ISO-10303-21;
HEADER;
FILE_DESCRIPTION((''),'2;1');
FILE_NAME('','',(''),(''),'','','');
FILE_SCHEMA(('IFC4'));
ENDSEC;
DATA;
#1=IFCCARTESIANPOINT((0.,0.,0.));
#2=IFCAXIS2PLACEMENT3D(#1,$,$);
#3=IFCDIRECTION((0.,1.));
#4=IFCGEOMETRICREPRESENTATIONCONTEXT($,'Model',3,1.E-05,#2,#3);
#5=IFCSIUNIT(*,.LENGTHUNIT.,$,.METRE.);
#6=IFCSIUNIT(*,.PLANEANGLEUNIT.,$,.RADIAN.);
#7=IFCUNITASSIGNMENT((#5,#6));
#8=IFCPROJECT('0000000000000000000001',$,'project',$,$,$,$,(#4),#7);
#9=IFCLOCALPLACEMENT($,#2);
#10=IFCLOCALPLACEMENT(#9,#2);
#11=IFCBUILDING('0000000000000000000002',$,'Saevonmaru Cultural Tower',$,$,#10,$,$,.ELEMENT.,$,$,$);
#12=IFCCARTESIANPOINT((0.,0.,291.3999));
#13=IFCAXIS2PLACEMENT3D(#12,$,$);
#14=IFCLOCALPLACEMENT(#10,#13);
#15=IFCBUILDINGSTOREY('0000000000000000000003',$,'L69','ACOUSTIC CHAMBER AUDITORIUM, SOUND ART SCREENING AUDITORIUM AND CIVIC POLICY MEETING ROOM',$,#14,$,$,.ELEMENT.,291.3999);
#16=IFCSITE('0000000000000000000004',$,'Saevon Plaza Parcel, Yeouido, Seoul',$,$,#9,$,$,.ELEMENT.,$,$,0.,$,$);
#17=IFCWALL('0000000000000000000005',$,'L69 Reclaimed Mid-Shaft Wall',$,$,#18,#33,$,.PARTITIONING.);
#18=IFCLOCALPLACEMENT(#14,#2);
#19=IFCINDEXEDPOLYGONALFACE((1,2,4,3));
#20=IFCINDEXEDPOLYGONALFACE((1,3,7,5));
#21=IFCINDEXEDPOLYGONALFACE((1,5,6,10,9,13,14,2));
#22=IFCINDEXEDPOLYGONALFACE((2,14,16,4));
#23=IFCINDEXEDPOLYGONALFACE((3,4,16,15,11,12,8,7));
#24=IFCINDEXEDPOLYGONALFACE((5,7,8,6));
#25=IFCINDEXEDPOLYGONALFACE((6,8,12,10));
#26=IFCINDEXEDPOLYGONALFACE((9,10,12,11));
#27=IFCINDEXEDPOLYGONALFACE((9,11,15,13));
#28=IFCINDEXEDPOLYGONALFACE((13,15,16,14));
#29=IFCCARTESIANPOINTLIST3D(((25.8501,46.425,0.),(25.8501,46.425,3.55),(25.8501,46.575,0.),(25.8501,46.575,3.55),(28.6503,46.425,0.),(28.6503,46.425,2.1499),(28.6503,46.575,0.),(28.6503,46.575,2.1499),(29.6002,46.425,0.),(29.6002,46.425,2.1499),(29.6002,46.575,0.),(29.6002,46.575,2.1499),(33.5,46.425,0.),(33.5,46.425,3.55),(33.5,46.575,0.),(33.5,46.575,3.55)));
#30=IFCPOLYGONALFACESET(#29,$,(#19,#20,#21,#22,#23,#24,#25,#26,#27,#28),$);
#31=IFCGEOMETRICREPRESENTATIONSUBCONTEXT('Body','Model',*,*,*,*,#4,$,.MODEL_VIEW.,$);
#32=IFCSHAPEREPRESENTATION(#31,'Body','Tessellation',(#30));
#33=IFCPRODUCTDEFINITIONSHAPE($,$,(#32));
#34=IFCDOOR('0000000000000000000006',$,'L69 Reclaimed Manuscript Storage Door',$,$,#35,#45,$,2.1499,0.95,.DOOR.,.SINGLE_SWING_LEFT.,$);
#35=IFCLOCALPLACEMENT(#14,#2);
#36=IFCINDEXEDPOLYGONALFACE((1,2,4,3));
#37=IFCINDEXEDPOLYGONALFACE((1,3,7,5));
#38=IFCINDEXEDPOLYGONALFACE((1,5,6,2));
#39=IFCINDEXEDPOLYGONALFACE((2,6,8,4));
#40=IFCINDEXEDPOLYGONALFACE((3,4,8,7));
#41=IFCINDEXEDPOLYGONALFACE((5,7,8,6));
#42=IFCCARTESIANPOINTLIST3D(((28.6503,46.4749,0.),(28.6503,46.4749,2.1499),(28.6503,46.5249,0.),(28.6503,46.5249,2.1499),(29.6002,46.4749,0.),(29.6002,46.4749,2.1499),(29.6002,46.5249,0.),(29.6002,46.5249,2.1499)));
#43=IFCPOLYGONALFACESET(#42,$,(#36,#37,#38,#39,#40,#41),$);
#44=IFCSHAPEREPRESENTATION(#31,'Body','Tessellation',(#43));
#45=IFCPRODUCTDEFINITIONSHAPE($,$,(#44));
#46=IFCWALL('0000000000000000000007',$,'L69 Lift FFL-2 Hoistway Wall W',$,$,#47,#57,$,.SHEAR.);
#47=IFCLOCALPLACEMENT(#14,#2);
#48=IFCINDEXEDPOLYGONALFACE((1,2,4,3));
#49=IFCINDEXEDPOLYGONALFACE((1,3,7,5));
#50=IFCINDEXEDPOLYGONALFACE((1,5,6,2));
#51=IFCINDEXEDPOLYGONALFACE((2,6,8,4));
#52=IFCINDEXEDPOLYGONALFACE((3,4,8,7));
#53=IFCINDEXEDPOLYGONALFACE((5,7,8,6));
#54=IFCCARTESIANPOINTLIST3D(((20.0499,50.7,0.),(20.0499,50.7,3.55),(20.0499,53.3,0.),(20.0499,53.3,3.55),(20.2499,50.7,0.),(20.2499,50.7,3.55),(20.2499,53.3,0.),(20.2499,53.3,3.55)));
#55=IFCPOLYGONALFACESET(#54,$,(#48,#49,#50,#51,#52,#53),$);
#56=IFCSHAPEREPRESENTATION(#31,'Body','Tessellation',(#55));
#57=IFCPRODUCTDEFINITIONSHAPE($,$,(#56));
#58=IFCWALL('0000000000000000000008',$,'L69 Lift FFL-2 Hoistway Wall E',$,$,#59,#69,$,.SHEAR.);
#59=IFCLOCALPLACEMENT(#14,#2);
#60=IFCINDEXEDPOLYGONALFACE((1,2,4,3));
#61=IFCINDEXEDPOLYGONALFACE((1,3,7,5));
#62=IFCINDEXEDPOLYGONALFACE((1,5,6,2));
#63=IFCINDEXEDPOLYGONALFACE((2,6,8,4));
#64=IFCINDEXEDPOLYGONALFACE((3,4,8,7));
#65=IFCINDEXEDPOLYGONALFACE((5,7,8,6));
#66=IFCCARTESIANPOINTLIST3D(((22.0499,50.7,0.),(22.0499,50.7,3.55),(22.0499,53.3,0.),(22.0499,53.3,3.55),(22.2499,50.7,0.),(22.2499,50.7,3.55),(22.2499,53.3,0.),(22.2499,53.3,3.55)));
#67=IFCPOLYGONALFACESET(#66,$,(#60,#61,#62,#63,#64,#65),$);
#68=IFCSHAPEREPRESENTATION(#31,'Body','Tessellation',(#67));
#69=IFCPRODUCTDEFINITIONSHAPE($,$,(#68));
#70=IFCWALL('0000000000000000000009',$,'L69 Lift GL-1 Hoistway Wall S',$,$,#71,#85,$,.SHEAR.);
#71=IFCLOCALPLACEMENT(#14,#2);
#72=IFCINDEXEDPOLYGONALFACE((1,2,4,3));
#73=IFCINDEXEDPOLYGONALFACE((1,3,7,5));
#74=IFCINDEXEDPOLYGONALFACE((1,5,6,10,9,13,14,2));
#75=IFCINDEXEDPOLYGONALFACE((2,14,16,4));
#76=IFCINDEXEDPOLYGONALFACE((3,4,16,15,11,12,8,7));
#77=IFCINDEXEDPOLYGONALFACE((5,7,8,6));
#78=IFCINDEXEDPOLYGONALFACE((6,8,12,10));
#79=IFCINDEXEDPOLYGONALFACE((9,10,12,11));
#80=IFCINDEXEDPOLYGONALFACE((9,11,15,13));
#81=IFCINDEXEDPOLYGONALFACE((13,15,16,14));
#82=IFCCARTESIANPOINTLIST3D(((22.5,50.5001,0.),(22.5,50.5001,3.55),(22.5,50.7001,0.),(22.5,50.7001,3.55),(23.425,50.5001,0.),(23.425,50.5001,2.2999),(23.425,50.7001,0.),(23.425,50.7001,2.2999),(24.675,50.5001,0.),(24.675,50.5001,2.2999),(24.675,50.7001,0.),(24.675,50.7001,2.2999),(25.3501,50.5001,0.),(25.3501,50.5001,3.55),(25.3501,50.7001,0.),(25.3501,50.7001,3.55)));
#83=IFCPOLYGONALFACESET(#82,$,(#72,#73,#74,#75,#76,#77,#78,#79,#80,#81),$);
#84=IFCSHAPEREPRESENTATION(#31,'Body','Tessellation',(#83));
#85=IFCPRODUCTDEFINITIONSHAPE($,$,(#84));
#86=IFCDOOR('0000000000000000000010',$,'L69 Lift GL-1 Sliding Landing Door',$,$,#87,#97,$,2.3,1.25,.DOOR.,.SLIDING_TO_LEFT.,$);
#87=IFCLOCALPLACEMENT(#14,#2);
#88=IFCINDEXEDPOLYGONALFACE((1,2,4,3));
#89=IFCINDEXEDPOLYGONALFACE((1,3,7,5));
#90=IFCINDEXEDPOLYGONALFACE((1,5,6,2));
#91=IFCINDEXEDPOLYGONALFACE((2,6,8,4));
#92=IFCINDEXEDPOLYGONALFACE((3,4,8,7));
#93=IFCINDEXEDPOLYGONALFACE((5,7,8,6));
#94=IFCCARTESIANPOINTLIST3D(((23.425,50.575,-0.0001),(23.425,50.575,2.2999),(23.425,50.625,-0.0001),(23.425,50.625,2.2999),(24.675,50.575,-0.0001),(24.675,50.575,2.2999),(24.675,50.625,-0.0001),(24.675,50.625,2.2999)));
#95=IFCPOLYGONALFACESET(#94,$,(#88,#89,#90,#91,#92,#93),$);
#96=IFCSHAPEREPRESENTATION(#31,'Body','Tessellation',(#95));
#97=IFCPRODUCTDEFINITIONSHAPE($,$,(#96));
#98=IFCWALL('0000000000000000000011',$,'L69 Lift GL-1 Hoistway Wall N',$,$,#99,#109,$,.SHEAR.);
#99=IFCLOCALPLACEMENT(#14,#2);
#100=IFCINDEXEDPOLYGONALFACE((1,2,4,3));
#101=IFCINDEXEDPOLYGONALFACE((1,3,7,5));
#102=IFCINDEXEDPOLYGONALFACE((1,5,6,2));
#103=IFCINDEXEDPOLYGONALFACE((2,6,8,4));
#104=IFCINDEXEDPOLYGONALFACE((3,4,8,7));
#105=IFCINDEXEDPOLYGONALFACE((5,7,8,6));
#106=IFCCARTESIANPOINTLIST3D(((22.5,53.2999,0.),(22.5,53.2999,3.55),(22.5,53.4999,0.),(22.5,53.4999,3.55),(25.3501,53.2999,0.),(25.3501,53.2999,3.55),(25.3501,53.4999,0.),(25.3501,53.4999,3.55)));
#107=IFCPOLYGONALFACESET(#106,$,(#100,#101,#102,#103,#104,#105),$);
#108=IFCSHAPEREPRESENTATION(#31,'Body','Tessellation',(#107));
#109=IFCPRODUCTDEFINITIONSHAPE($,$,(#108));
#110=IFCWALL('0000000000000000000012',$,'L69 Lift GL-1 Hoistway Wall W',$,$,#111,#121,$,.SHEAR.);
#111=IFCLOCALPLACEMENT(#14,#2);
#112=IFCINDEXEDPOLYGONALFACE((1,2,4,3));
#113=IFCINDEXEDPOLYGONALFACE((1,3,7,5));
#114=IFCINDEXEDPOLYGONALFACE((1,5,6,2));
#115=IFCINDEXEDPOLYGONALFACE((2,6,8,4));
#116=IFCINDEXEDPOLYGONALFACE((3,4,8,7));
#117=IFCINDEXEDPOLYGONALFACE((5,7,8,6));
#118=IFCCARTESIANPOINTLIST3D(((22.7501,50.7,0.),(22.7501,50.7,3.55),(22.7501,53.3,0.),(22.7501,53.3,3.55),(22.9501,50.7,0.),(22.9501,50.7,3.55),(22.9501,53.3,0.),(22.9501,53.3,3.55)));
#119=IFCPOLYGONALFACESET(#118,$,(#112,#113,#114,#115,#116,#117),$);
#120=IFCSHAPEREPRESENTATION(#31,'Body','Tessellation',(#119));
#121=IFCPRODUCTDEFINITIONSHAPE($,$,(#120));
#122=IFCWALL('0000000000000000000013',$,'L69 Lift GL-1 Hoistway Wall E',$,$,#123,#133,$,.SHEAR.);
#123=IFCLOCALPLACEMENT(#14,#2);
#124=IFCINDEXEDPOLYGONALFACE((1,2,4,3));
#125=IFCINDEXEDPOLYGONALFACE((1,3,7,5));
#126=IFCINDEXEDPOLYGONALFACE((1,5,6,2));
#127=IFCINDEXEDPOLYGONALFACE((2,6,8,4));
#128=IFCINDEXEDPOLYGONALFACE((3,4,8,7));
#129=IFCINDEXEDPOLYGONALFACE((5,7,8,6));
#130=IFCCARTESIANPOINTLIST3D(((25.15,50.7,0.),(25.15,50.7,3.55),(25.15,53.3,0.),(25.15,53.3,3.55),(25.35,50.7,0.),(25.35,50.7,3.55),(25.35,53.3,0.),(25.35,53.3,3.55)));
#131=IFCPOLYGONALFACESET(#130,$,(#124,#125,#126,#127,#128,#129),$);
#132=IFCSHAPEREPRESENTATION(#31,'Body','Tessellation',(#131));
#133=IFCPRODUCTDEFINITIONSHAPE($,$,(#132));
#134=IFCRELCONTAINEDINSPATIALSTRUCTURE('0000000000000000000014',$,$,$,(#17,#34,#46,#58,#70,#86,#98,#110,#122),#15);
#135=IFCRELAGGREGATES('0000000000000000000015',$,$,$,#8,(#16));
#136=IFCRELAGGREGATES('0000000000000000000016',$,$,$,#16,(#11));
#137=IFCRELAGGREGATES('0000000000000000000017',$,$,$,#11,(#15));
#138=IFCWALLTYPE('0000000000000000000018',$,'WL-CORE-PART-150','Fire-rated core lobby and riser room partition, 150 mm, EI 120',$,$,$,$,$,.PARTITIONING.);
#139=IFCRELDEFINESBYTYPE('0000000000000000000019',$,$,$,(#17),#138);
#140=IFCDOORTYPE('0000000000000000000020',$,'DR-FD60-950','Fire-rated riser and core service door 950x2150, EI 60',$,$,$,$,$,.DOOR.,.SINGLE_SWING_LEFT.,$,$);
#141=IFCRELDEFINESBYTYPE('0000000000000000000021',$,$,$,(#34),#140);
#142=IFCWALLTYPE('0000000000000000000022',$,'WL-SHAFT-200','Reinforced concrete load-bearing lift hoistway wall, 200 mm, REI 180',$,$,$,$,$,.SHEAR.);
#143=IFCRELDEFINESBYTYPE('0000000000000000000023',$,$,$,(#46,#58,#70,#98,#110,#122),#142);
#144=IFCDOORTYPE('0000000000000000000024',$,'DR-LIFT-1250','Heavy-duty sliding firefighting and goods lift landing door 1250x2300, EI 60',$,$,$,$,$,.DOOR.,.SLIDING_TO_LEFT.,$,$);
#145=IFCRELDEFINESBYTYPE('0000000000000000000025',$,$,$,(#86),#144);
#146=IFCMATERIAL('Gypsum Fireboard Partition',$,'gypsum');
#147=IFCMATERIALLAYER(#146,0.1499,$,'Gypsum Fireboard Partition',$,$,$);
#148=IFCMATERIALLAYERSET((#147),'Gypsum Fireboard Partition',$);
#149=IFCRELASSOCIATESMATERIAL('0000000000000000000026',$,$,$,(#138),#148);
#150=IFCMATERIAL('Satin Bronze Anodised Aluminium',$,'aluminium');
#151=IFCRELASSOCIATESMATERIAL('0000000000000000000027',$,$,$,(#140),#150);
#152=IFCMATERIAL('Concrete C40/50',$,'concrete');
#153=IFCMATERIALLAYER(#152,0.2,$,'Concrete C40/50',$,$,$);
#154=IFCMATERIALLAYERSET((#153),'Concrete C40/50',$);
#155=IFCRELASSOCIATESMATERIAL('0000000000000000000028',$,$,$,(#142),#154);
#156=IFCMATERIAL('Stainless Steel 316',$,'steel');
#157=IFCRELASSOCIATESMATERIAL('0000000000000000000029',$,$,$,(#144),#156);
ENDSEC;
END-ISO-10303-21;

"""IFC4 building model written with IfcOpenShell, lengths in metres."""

from ifc_helpers import new_model, si_unit, direction, frame, frame_2d, origin, place, context, subcontext, project, spatial, rectangle, extrude, material, layer, layer_set, type_object, element, fill, save


model = new_model("IFC4")

# Units and contexts
model_context = context("Model", 3, precision=1e-05, world=origin(), true_north=direction((0.0, 1.0)))
body_context = subcontext(model_context, "Body", "Model", "MODEL_VIEW")
ifc_project = project(units=[si_unit("LENGTHUNIT", "METRE"), si_unit("PLANEANGLEUNIT", "RADIAN")], contexts=[model_context])

# Site, building, storey
site_placement = place(None, origin())
site = spatial("IfcSite", under=ifc_project, at=site_placement, Name="Saevon Plaza Parcel, Yeouido, Seoul", CompositionType="ELEMENT", RefElevation=0.0)
building_placement = place(site_placement, origin())
building = spatial("IfcBuilding", under=site, at=building_placement, Name="Saevonmaru Cultural Tower", CompositionType="ELEMENT")
storey_placement = place(building_placement, frame((0.0, 0.0, 291.3999)))
storey = spatial("IfcBuildingStorey", under=building, at=storey_placement, Name="L69", Description="ACOUSTIC CHAMBER AUDITORIUM, SOUND ART SCREENING AUDITORIUM AND CIVIC POLICY MEETING ROOM", CompositionType="ELEMENT", Elevation=291.3999)

# Shared definitions
ifc_material_1 = material(Name="Satin Bronze Anodised Aluminium", Category="aluminium")

# Shared definitions
ifc_material_2 = material(Name="Gypsum Fireboard Partition", Category="gypsum")
ifc_layer_1 = layer(ifc_material_2, 0.1499, Name="Gypsum Fireboard Partition")
ifc_layer_set_1 = layer_set([ifc_layer_1], Name="Gypsum Fireboard Partition")
wall_type_1 = type_object("IfcWallType", Name="WL-CORE-PART-150", Description="Fire-rated core lobby and riser room partition, 150 mm, EI 120", PredefinedType="PARTITIONING", material=ifc_layer_set_1)

# Shared definitions
door_type_1 = type_object("IfcDoorType", Name="DR-FD60-950", Description="Fire-rated riser and core service door 950x2150, EI 60", OperationType="SINGLE_SWING_LEFT", PredefinedType="DOOR", material=ifc_material_1)

# Wall, opening, door
wall_1_placement = place(storey_placement, frame((25.8501, 46.5, 0.0), z_axis=(0.0, 0.0, 1.0), x_axis=(1.0, 0.0, 0.0)))
wall_1 = element("IfcWall", 1, at=wall_1_placement, inside=storey, type_object=wall_type_1, Name="L69 Reclaimed Mid-Shaft Wall", PredefinedType="PARTITIONING", context=body_context, shape_type="SweptSolid", body=[
    extrude(rectangle(XDim=7.6499, YDim=0.1499, at=frame_2d((3.825, 0.0))), origin(), (0.0, 0.0, 1.0), 3.55),
])
opening_1_placement = place(wall_1_placement, frame((2.8, 0.0, 0.0)))
opening_1 = element("IfcOpeningElement", 2, at=opening_1_placement, cuts=wall_1, PredefinedType="OPENING", context=body_context, shape_type="SweptSolid", body=[
    extrude(rectangle(XDim=0.95, YDim=2.1499, at=frame_2d((0.4751, 1.075))), frame((0.0, 0.085, 0.0), z_axis=(0.0, -1.0, 0.0), x_axis=(1.0, 0.0, 0.0)), (0.0, 0.0, 1.0), 0.1699),
])
door_1_placement = place(opening_1_placement, origin())
door_1 = element("IfcDoor", 3, at=door_1_placement, inside=storey, type_object=door_type_1, Name="L69 Reclaimed Manuscript Storage Door", OperationType="SINGLE_SWING_LEFT", OverallHeight=2.1499, OverallWidth=0.95, PredefinedType="DOOR", context=body_context, shape_type="SweptSolid", body=[
    extrude(rectangle(XDim=0.95, YDim=2.1499, at=frame_2d((0.4751, 1.075))), frame((0.0, 0.0249, 0.0), z_axis=(0.0, -1.0, 0.0), x_axis=(1.0, 0.0, 0.0)), (0.0, 0.0, 1.0), 0.05),
])
fill(opening_1, door_1)

# Walls
ifc_material_3 = material(Name="Concrete C40/50", Category="concrete")
ifc_layer_2 = layer(ifc_material_3, 0.2, Name="Concrete C40/50")
ifc_layer_set_2 = layer_set([ifc_layer_2], Name="Concrete C40/50")
wall_type_2 = type_object("IfcWallType", Name="WL-SHAFT-200", Description="Reinforced concrete load-bearing lift hoistway wall, 200 mm, REI 180", PredefinedType="SHEAR", material=ifc_layer_set_2)
for number, where, z_axis, x_axis, name in (
    (4, (20.1499, 50.7, 0.0), (0.0, 0.0, 1.0), (0.0, 1.0, 0.0), "L69 Lift FFL-2 Hoistway Wall W"),
    (5, (22.1499, 50.7, 0.0), (0.0, 0.0, 1.0), (0.0, 1.0, 0.0), "L69 Lift FFL-2 Hoistway Wall E"),
):
    element("IfcWall", number, at=place(storey_placement, frame(where, z_axis=z_axis, x_axis=x_axis)), inside=storey, type_object=wall_type_2, Name=name, PredefinedType="SHEAR", context=body_context, shape_type="SweptSolid", body=[
        extrude(rectangle(XDim=2.6001, YDim=0.2, at=frame_2d((1.3, 0.0))), origin(), (0.0, 0.0, 1.0), 3.55),
    ])

# Wall, opening, door
wall_2_placement = place(storey_placement, frame((22.5, 50.6001, 0.0), z_axis=(0.0, 0.0, 1.0), x_axis=(1.0, 0.0, 0.0)))
wall_2 = element("IfcWall", 6, at=wall_2_placement, inside=storey, type_object=wall_type_2, Name="L69 Lift GL-1 Hoistway Wall S", PredefinedType="SHEAR", context=body_context, shape_type="SweptSolid", body=[
    extrude(rectangle(XDim=2.8501, YDim=0.2, at=frame_2d((1.425, 0.0))), origin(), (0.0, 0.0, 1.0), 3.55),
])
opening_2_placement = place(wall_2_placement, frame((0.925, 0.0, 0.0)))
opening_2 = element("IfcOpeningElement", 7, at=opening_2_placement, cuts=wall_2, PredefinedType="OPENING", context=body_context, shape_type="SweptSolid", body=[
    extrude(rectangle(XDim=1.25, YDim=2.3, at=frame_2d((0.625, 1.1499))), frame((0.0, 0.1099, 0.0), z_axis=(0.0, -1.0, 0.0), x_axis=(1.0, 0.0, 0.0)), (0.0, 0.0, 1.0), 0.22),
])
ifc_material_4 = material(Name="Stainless Steel 316", Category="steel")
door_type_2 = type_object("IfcDoorType", Name="DR-LIFT-1250", Description="Heavy-duty sliding firefighting and goods lift landing door 1250x2300, EI 60", OperationType="SLIDING_TO_LEFT", PredefinedType="DOOR", material=ifc_material_4)
door_2_placement = place(opening_2_placement, origin())
door_2 = element("IfcDoor", 8, at=door_2_placement, inside=storey, type_object=door_type_2, Name="L69 Lift GL-1 Sliding Landing Door", OperationType="SLIDING_TO_LEFT", OverallHeight=2.3, OverallWidth=1.25, PredefinedType="DOOR", context=body_context, shape_type="SweptSolid", body=[
    extrude(rectangle(XDim=1.25, YDim=2.3, at=frame_2d((0.625, 1.1499))), frame((0.0, 0.0249, 0.0), z_axis=(0.0, -1.0, 0.0), x_axis=(1.0, 0.0, 0.0)), (0.0, 0.0, 1.0), 0.05),
])
fill(opening_2, door_2)

# Walls
wall_3_placement = place(storey_placement, frame((22.5, 53.3999, 0.0), z_axis=(0.0, 0.0, 1.0), x_axis=(1.0, 0.0, 0.0)))
element("IfcWall", 9, at=wall_3_placement, inside=storey, type_object=wall_type_2, Name="L69 Lift GL-1 Hoistway Wall N", PredefinedType="SHEAR", context=body_context, shape_type="SweptSolid", body=[
    extrude(rectangle(XDim=2.8501, YDim=0.2, at=frame_2d((1.425, 0.0))), origin(), (0.0, 0.0, 1.0), 3.55),
])
for number, where, z_axis, x_axis, name in (
    (10, (22.8501, 50.7, 0.0), (0.0, 0.0, 1.0), (0.0, 1.0, 0.0), "L69 Lift GL-1 Hoistway Wall W"),
    (11, (25.25, 50.7, 0.0), (0.0, 0.0, 1.0), (0.0, 1.0, 0.0), "L69 Lift GL-1 Hoistway Wall E"),
):
    element("IfcWall", number, at=place(storey_placement, frame(where, z_axis=z_axis, x_axis=x_axis)), inside=storey, type_object=wall_type_2, Name=name, PredefinedType="SHEAR", context=body_context, shape_type="SweptSolid", body=[
        extrude(rectangle(XDim=2.6001, YDim=0.2, at=frame_2d((1.3, 0.0))), origin(), (0.0, 0.0, 1.0), 3.55),
    ])

save(model, "model.ifc")
